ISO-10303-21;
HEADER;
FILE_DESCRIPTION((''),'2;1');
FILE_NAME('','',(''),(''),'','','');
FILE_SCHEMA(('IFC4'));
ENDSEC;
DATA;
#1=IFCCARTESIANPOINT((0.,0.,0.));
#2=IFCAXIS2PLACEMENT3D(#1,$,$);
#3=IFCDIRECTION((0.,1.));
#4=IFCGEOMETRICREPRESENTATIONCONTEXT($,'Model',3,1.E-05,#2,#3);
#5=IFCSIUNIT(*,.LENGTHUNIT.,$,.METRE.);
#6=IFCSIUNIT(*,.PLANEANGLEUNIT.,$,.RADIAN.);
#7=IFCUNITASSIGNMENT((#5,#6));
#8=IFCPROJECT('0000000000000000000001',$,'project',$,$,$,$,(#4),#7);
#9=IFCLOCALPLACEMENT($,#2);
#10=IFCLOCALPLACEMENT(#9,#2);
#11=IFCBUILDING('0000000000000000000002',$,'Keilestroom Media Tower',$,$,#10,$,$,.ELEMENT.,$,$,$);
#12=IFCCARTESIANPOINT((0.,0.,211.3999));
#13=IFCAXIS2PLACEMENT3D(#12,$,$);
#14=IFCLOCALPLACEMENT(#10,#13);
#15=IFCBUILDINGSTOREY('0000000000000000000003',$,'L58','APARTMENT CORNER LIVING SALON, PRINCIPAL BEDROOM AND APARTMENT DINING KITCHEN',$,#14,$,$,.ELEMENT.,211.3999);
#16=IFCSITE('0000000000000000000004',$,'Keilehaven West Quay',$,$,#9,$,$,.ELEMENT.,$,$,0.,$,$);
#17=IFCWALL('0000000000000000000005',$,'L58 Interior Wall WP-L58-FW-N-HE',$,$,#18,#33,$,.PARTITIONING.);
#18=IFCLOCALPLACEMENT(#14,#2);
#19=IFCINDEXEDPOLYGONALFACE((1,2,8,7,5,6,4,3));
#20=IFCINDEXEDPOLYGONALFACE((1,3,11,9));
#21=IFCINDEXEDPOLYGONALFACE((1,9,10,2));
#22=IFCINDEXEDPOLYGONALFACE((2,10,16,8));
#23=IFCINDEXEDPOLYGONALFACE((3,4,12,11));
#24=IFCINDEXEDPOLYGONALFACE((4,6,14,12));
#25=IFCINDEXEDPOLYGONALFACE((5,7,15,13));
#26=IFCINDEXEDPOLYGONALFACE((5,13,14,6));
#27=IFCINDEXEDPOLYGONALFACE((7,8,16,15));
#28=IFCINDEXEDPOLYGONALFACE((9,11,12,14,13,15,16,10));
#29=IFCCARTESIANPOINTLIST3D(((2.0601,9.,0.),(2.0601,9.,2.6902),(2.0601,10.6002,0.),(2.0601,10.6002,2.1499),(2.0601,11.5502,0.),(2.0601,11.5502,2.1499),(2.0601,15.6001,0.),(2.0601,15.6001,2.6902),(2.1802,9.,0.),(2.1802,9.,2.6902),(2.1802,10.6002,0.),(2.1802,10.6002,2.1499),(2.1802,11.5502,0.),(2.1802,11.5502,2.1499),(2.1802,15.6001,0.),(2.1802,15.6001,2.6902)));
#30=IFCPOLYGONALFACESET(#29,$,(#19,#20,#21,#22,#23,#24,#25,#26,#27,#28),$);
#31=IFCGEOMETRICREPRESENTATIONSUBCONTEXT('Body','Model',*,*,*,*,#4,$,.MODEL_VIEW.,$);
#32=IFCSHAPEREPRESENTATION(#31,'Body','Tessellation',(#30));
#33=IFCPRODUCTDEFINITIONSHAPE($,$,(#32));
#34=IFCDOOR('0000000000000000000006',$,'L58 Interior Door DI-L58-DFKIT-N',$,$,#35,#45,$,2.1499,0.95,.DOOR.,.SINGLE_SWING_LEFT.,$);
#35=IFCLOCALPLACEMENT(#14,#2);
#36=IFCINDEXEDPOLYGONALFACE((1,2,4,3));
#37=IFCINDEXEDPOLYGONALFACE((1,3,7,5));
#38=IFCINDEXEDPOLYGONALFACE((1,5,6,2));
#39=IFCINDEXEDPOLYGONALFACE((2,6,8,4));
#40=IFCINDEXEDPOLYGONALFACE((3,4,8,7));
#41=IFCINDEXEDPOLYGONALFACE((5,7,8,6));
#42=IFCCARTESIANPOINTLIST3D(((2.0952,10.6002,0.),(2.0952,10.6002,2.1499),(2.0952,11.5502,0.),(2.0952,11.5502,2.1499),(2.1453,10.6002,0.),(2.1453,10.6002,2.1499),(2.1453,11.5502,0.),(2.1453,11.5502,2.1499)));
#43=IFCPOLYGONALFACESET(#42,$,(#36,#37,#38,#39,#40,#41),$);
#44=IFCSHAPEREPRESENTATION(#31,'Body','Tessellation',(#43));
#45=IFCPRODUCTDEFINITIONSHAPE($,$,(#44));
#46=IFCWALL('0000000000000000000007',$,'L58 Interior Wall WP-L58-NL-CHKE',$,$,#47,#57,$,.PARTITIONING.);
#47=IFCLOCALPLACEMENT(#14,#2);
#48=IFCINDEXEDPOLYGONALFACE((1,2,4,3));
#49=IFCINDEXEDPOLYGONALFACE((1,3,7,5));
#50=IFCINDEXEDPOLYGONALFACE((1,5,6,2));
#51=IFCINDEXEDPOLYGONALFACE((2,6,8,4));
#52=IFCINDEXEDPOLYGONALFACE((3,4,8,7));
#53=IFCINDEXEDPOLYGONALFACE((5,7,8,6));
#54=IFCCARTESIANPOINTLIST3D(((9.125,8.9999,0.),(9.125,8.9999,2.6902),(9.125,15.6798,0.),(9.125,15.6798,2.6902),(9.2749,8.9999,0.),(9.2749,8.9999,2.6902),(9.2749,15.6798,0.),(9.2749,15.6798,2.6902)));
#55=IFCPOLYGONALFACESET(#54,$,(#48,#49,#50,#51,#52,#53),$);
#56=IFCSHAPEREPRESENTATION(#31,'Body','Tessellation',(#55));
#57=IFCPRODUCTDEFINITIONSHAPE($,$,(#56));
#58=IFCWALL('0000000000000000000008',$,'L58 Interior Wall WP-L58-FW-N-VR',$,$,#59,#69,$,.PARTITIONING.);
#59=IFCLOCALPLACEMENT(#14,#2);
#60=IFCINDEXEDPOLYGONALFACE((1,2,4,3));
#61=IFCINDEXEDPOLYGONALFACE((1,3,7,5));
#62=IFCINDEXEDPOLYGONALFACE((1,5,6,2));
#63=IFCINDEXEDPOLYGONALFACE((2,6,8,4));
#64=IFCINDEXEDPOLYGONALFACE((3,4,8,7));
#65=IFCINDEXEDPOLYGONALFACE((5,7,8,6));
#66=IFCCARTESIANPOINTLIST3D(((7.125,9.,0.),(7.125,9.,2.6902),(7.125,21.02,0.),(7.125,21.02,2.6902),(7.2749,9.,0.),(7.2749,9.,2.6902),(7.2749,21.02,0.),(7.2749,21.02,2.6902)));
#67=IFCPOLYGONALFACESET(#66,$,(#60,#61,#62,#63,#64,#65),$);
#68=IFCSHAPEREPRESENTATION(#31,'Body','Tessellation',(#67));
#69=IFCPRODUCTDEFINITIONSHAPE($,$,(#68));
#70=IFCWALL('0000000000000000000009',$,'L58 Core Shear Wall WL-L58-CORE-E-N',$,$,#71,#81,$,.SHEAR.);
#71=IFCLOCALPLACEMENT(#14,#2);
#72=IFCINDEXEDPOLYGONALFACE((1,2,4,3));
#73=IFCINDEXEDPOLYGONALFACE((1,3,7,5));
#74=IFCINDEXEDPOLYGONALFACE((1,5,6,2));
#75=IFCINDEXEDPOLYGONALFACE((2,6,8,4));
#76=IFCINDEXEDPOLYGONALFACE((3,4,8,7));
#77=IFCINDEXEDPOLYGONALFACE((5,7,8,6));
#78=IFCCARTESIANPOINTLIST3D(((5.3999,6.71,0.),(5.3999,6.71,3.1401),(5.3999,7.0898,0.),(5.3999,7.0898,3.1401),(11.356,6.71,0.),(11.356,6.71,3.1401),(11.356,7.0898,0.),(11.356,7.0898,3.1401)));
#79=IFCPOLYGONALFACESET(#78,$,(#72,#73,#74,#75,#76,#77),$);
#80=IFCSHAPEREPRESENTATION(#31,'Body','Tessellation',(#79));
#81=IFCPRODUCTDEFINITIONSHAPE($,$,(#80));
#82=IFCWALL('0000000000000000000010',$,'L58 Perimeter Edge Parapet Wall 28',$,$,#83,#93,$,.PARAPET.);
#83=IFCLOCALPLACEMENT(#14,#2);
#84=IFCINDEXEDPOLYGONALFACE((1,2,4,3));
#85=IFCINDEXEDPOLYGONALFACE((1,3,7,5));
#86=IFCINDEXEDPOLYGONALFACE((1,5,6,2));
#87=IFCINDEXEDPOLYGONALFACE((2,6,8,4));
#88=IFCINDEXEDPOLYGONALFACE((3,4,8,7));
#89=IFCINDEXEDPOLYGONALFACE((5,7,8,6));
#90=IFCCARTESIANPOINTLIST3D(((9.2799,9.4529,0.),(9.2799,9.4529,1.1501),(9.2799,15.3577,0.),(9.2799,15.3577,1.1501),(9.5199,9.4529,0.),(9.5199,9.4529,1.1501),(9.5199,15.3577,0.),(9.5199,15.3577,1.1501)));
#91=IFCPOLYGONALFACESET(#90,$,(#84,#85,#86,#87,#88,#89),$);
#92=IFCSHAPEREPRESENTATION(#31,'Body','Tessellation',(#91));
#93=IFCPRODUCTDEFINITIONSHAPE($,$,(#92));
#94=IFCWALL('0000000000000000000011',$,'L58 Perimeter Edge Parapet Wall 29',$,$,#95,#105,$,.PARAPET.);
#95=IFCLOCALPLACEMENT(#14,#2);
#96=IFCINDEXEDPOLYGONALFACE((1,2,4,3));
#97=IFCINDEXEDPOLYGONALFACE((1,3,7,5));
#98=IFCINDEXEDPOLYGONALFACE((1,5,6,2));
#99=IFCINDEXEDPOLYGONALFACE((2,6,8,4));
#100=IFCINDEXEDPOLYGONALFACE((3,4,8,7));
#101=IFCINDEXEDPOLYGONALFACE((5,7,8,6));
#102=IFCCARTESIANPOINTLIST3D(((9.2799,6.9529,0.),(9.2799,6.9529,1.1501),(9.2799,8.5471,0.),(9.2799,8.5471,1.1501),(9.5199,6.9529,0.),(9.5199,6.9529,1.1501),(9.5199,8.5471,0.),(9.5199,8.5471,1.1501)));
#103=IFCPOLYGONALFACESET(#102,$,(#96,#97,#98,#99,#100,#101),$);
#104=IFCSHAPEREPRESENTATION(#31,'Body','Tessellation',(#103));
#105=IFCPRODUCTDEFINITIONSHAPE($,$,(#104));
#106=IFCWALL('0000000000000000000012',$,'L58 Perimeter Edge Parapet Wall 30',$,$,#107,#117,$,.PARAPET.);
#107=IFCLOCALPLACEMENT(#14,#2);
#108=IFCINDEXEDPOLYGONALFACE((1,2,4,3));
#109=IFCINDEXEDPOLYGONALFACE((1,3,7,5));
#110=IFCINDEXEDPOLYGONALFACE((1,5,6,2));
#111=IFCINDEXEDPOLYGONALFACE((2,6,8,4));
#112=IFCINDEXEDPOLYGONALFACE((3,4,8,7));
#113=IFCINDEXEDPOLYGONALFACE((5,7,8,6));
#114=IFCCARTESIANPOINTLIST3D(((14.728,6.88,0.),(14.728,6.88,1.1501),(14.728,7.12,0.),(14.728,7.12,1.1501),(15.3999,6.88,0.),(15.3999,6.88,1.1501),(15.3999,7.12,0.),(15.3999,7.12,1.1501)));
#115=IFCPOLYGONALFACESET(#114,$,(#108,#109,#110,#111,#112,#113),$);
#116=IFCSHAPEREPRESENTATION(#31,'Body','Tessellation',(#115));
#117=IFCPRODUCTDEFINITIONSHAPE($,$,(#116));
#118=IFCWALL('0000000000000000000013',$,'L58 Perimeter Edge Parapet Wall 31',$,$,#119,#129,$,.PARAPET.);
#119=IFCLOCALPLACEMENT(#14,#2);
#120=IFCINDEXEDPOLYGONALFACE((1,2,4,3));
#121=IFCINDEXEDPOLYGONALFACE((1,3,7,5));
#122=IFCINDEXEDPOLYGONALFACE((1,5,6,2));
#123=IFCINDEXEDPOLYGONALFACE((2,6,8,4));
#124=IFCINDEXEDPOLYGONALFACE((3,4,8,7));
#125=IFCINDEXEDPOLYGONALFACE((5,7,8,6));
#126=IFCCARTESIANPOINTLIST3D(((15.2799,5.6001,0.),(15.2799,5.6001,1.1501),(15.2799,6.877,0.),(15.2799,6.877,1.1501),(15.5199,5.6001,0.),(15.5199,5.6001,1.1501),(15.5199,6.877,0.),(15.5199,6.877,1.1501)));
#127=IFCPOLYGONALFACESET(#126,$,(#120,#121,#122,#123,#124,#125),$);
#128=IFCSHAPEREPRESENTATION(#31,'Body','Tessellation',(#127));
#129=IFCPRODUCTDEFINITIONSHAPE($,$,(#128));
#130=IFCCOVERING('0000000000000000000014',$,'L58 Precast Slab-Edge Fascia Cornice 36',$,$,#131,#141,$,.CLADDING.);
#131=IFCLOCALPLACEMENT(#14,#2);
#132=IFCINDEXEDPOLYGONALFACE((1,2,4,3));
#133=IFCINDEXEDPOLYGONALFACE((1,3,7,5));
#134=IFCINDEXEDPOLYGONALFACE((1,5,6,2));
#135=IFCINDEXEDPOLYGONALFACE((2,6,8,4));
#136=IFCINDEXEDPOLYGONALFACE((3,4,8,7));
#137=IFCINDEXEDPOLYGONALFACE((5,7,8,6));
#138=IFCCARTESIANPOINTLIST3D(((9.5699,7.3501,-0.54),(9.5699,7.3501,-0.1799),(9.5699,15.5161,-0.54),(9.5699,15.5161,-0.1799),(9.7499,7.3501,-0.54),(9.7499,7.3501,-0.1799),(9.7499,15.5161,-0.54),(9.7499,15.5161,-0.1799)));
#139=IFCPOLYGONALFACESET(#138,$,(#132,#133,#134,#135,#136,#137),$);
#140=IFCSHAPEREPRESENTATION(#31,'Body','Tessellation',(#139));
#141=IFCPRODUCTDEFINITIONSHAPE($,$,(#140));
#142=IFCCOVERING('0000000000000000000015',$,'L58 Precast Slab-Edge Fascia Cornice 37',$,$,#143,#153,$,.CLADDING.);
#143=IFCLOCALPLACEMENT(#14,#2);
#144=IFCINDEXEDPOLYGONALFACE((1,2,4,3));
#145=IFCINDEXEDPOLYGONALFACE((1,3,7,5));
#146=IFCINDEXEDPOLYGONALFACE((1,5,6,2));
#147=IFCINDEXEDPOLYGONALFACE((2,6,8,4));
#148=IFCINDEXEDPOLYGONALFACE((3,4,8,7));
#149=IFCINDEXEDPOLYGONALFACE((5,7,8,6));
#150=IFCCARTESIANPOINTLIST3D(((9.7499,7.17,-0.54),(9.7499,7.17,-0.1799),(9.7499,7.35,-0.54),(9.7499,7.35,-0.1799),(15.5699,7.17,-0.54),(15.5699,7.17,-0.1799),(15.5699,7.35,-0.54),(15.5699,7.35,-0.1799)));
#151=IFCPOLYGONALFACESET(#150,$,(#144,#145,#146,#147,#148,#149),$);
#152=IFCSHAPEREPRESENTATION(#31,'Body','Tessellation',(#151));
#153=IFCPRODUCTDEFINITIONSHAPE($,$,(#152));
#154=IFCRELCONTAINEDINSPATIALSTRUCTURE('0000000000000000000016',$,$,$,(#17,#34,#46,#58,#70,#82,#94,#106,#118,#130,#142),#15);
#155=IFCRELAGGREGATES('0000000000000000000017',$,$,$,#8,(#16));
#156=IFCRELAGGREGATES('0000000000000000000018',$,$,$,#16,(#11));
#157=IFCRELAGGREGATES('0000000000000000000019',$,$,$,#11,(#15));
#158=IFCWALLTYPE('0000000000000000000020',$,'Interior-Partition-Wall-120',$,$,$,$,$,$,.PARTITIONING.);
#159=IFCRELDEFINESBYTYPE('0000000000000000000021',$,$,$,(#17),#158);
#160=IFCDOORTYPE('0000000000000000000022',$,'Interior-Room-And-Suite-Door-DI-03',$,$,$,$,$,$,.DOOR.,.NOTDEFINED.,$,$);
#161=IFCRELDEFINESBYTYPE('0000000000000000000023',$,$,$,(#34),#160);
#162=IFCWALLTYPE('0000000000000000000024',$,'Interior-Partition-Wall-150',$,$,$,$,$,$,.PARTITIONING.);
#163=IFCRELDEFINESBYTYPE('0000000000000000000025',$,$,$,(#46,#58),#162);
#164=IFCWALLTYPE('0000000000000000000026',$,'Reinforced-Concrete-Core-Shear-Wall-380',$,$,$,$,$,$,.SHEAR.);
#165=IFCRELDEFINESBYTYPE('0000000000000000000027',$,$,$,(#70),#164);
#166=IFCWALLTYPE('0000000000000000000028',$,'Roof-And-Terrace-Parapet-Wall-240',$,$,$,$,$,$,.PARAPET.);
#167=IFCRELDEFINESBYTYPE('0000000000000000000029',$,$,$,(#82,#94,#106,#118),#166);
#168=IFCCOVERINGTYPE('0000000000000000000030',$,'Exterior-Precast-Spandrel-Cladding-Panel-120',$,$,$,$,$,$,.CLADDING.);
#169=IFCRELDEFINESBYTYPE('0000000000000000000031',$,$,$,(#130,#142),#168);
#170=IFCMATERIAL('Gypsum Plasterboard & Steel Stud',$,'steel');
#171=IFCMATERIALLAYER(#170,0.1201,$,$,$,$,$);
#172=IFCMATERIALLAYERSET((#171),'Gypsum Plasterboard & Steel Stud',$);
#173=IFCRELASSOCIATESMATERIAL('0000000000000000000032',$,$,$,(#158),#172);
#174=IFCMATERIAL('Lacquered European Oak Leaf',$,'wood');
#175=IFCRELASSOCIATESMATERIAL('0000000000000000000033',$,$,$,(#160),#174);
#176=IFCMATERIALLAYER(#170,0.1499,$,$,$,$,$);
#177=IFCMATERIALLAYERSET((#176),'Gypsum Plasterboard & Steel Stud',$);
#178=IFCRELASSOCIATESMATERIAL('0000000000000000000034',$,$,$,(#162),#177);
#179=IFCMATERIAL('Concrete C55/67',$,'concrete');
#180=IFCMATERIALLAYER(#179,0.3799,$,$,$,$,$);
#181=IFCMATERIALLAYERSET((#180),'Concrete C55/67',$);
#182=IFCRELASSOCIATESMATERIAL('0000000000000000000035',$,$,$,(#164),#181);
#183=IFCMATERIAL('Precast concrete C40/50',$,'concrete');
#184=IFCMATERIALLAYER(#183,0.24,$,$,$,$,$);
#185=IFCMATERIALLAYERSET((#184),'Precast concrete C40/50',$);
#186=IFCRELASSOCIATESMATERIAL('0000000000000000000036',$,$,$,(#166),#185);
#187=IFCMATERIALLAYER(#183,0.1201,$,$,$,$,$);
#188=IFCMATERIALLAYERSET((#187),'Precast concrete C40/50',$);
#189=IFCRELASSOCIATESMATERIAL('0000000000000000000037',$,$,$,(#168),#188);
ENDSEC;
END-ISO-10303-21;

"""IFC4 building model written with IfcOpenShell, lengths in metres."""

from ifc_helpers import new_model, si_unit, direction, frame, frame_2d, origin, origin_2d, place, context, subcontext, project, spatial, rectangle, extrude, source, transform, mapped, material, layer, layer_set, type_object, element, fill, save


model = new_model("IFC4")

# Units and contexts
model_context = context("Model", 3, precision=1e-05, world=origin(), true_north=direction((0.0, 1.0)))
body_context = subcontext(model_context, "Body", "Model", "MODEL_VIEW")
ifc_project = project(units=[si_unit("LENGTHUNIT", "METRE"), si_unit("PLANEANGLEUNIT", "RADIAN")], contexts=[model_context])

# Site, building, storey
site_placement = place(None, origin())
site = spatial("IfcSite", under=ifc_project, at=site_placement, Name="Keilehaven West Quay", CompositionType="ELEMENT", RefElevation=0.0)
building_placement = place(site_placement, origin())
building = spatial("IfcBuilding", under=site, at=building_placement, Name="Keilestroom Media Tower", CompositionType="ELEMENT")
storey_placement = place(building_placement, frame((0.0, 0.0, 211.3999)))
storey = spatial("IfcBuildingStorey", under=building, at=storey_placement, Name="L58", Description="APARTMENT CORNER LIVING SALON, PRINCIPAL BEDROOM AND APARTMENT DINING KITCHEN", CompositionType="ELEMENT", Elevation=211.3999)

# Shared definitions
ifc_material_1 = material(Name="Precast concrete C40/50", Category="concrete")
ifc_material_2 = material(Name="Concrete C55/67", Category="concrete")

# Wall, opening, door
ifc_material_3 = material(Name="Gypsum Plasterboard & Steel Stud", Category="steel")
ifc_layer_1 = layer(ifc_material_3, 0.1201)
ifc_layer_set_1 = layer_set([ifc_layer_1], Name="Gypsum Plasterboard & Steel Stud")
wall_type_1 = type_object("IfcWallType", Name="Interior-Partition-Wall-120", PredefinedType="PARTITIONING", material=ifc_layer_set_1)
wall_1_placement = place(storey_placement, frame((2.1201, 9.0, 0.0), z_axis=(0.0, 0.0, 1.0), x_axis=(0.0, 1.0, 0.0)))
wall_1 = element("IfcWall", 1, at=wall_1_placement, inside=storey, type_object=wall_type_1, Name="L58 Interior Wall WP-L58-FW-N-HE", PredefinedType="PARTITIONING", context=body_context, shape_type="SweptSolid", body=[
    extrude(rectangle(XDim=6.6001, YDim=0.1201, at=frame_2d((3.3, 0.0))), origin(), (0.0, 0.0, 1.0), 2.6902),
])
opening_placement = place(wall_1_placement, frame((1.6001, 0.0, 0.0)))
opening = element("IfcOpeningElement", 2, at=opening_placement, cuts=wall_1, PredefinedType="OPENING", context=body_context, shape_type="SweptSolid", body=[
    extrude(rectangle(XDim=0.95, YDim=2.1499, at=frame_2d((0.4751, 1.075))), frame((0.0, 0.0701, 0.0), z_axis=(0.0, -1.0, 0.0), x_axis=(1.0, 0.0, 0.0)), (0.0, 0.0, 1.0), 0.1401),
])
ifc_material_4 = material(Name="Lacquered European Oak Leaf", Category="wood")
door_type = type_object("IfcDoorType", Name="Interior-Room-And-Suite-Door-DI-03", OperationType="NOTDEFINED", PredefinedType="DOOR", material=ifc_material_4)
shared_shape_1 = source(origin(), body_context, "Body", "SweptSolid", [
    extrude(rectangle(XDim=0.95, YDim=2.1499, at=frame_2d((0.4751, 1.075))), frame((0.0, 0.0249, 0.0), z_axis=(0.0, -1.0, 0.0), x_axis=(1.0, 0.0, 0.0)), (0.0, 0.0, 1.0), 0.05),
])
door_placement = place(opening_placement, origin())
door = element("IfcDoor", 3, at=door_placement, inside=storey, type_object=door_type, Name="L58 Interior Door DI-L58-DFKIT-N", OperationType="SINGLE_SWING_LEFT", OverallHeight=2.1499, OverallWidth=0.95, PredefinedType="DOOR", context=body_context, shape_type="MappedRepresentation", body=[
    mapped(shared_shape_1, transform((0.0, 0.0, 0.0), x_axis=(1.0, 0.0, 0.0), y_axis=(0.0, 1.0, 0.0), z_axis=(0.0, 0.0, 1.0), scale=1.0)),
])
fill(opening, door)

# Walls
ifc_layer_2 = layer(ifc_material_3, 0.1499)
ifc_layer_set_2 = layer_set([ifc_layer_2], Name="Gypsum Plasterboard & Steel Stud")
wall_type_2 = type_object("IfcWallType", Name="Interior-Partition-Wall-150", PredefinedType="PARTITIONING", material=ifc_layer_set_2)
wall_2_placement = place(storey_placement, frame((9.2, 9.0, 0.0), z_axis=(0.0, 0.0, 1.0), x_axis=(0.0, 1.0, 0.0)))
element("IfcWall", 4, at=wall_2_placement, inside=storey, type_object=wall_type_2, Name="L58 Interior Wall WP-L58-NL-CHKE", PredefinedType="PARTITIONING", context=body_context, shape_type="SweptSolid", body=[
    extrude(rectangle(XDim=6.6799, YDim=0.1499, at=frame_2d((3.3398, 0.0))), origin(), (0.0, 0.0, 1.0), 2.6902),
])
wall_3_placement = place(storey_placement, frame((7.2, 9.0, 0.0), z_axis=(0.0, 0.0, 1.0), x_axis=(0.0, 1.0, 0.0)))
element("IfcWall", 5, at=wall_3_placement, inside=storey, type_object=wall_type_2, Name="L58 Interior Wall WP-L58-FW-N-VR", PredefinedType="PARTITIONING", context=body_context, shape_type="SweptSolid", body=[
    extrude(rectangle(XDim=12.02, YDim=0.1499, at=frame_2d((6.01, 0.0))), origin(), (0.0, 0.0, 1.0), 2.6902),
])
ifc_layer_3 = layer(ifc_material_2, 0.3799)
ifc_layer_set_3 = layer_set([ifc_layer_3], Name="Concrete C55/67")
wall_type_3 = type_object("IfcWallType", Name="Reinforced-Concrete-Core-Shear-Wall-380", PredefinedType="SHEAR", material=ifc_layer_set_3)
wall_4_placement = place(storey_placement, frame((5.3999, 6.8999, 0.0), z_axis=(0.0, 0.0, 1.0), x_axis=(1.0, 0.0, 0.0)))
element("IfcWall", 6, at=wall_4_placement, inside=storey, type_object=wall_type_3, Name="L58 Core Shear Wall WL-L58-CORE-E-N", PredefinedType="SHEAR", context=body_context, shape_type="SweptSolid", body=[
    extrude(rectangle(XDim=5.9561, YDim=0.3799, at=frame_2d((2.978, 0.0))), origin(), (0.0, 0.0, 1.0), 3.1401),
])
ifc_layer_4 = layer(ifc_material_1, 0.24)
ifc_layer_set_4 = layer_set([ifc_layer_4], Name="Precast concrete C40/50")
wall_type_4 = type_object("IfcWallType", Name="Roof-And-Terrace-Parapet-Wall-240", PredefinedType="PARAPET", material=ifc_layer_set_4)
wall_5_placement = place(storey_placement, frame((9.3999, 15.3577, 0.0), z_axis=(0.0, 0.0, 1.0), x_axis=(0.0, -1.0, 0.0)))
element("IfcWall", 7, at=wall_5_placement, inside=storey, type_object=wall_type_4, Name="L58 Perimeter Edge Parapet Wall 28", PredefinedType="PARAPET", context=body_context, shape_type="SweptSolid", body=[
    extrude(rectangle(XDim=5.9048, YDim=0.24, at=frame_2d((2.9524, 0.0))), origin(), (0.0, 0.0, 1.0), 1.1501),
])
wall_6_placement = place(storey_placement, frame((9.3999, 8.5471, 0.0), z_axis=(0.0, 0.0, 1.0), x_axis=(0.0, -1.0, 0.0)))
element("IfcWall", 8, at=wall_6_placement, inside=storey, type_object=wall_type_4, Name="L58 Perimeter Edge Parapet Wall 29", PredefinedType="PARAPET", context=body_context, shape_type="SweptSolid", body=[
    extrude(rectangle(XDim=1.5942, YDim=0.24, at=frame_2d((0.7971, 0.0))), origin(), (0.0, 0.0, 1.0), 1.1501),
])
wall_7_placement = place(storey_placement, frame((14.728, 7.0, 0.0), z_axis=(0.0, 0.0, 1.0), x_axis=(1.0, 0.0, 0.0)))
element("IfcWall", 9, at=wall_7_placement, inside=storey, type_object=wall_type_4, Name="L58 Perimeter Edge Parapet Wall 30", PredefinedType="PARAPET", context=body_context, shape_type="SweptSolid", body=[
    extrude(rectangle(XDim=0.6719, YDim=0.24, at=frame_2d((0.3359, 0.0))), origin(), (0.0, 0.0, 1.0), 1.1501),
])
wall_8_placement = place(storey_placement, frame((15.3999, 6.877, 0.0), z_axis=(0.0, 0.0, 1.0), x_axis=(0.0, -1.0, 0.0)))
element("IfcWall", 10, at=wall_8_placement, inside=storey, type_object=wall_type_4, Name="L58 Perimeter Edge Parapet Wall 31", PredefinedType="PARAPET", context=body_context, shape_type="SweptSolid", body=[
    extrude(rectangle(XDim=1.2769, YDim=0.24, at=frame_2d((0.6384, 0.0))), origin(), (0.0, 0.0, 1.0), 1.1501),
])

# Coverings
ifc_layer_5 = layer(ifc_material_1, 0.1201)
ifc_layer_set_5 = layer_set([ifc_layer_5], Name="Precast concrete C40/50")
covering_type = type_object("IfcCoveringType", Name="Exterior-Precast-Spandrel-Cladding-Panel-120", PredefinedType="CLADDING", material=ifc_layer_set_5)
shared_shape_2 = source(origin(), body_context, "Body", "SweptSolid", [
    extrude(rectangle(XDim=8.166, YDim=0.1799, at=origin_2d()), origin(), (0.0, 0.0, 1.0), 0.3601),
])
covering_1_placement = place(storey_placement, frame((9.6599, 11.4331, -0.54), z_axis=(0.0, 0.0, 1.0), x_axis=(0.0, -1.0, 0.0)))
element("IfcCovering", 11, at=covering_1_placement, inside=storey, type_object=covering_type, Name="L58 Precast Slab-Edge Fascia Cornice 36", PredefinedType="CLADDING", context=body_context, shape_type="MappedRepresentation", body=[
    mapped(shared_shape_2, transform((0.0, 0.0, 0.0), x_axis=(1.0, 0.0, 0.0), y_axis=(0.0, 1.0, 0.0), z_axis=(0.0, 0.0, 1.0), scale=1.0)),
])
shared_shape_3 = source(origin(), body_context, "Body", "SweptSolid", [
    extrude(rectangle(XDim=5.8201, YDim=0.1799, at=origin_2d()), origin(), (0.0, 0.0, 1.0), 0.3601),
])
covering_2_placement = place(storey_placement, frame((12.6599, 7.26, -0.54), z_axis=(0.0, 0.0, 1.0), x_axis=(1.0, 0.0, 0.0)))
element("IfcCovering", 12, at=covering_2_placement, inside=storey, type_object=covering_type, Name="L58 Precast Slab-Edge Fascia Cornice 37", PredefinedType="CLADDING", context=body_context, shape_type="MappedRepresentation", body=[
    mapped(shared_shape_3, transform((0.0, 0.0, 0.0), x_axis=(1.0, 0.0, 0.0), y_axis=(0.0, 1.0, 0.0), z_axis=(0.0, 0.0, 1.0), scale=1.0)),
])

save(model, "model.ifc")
